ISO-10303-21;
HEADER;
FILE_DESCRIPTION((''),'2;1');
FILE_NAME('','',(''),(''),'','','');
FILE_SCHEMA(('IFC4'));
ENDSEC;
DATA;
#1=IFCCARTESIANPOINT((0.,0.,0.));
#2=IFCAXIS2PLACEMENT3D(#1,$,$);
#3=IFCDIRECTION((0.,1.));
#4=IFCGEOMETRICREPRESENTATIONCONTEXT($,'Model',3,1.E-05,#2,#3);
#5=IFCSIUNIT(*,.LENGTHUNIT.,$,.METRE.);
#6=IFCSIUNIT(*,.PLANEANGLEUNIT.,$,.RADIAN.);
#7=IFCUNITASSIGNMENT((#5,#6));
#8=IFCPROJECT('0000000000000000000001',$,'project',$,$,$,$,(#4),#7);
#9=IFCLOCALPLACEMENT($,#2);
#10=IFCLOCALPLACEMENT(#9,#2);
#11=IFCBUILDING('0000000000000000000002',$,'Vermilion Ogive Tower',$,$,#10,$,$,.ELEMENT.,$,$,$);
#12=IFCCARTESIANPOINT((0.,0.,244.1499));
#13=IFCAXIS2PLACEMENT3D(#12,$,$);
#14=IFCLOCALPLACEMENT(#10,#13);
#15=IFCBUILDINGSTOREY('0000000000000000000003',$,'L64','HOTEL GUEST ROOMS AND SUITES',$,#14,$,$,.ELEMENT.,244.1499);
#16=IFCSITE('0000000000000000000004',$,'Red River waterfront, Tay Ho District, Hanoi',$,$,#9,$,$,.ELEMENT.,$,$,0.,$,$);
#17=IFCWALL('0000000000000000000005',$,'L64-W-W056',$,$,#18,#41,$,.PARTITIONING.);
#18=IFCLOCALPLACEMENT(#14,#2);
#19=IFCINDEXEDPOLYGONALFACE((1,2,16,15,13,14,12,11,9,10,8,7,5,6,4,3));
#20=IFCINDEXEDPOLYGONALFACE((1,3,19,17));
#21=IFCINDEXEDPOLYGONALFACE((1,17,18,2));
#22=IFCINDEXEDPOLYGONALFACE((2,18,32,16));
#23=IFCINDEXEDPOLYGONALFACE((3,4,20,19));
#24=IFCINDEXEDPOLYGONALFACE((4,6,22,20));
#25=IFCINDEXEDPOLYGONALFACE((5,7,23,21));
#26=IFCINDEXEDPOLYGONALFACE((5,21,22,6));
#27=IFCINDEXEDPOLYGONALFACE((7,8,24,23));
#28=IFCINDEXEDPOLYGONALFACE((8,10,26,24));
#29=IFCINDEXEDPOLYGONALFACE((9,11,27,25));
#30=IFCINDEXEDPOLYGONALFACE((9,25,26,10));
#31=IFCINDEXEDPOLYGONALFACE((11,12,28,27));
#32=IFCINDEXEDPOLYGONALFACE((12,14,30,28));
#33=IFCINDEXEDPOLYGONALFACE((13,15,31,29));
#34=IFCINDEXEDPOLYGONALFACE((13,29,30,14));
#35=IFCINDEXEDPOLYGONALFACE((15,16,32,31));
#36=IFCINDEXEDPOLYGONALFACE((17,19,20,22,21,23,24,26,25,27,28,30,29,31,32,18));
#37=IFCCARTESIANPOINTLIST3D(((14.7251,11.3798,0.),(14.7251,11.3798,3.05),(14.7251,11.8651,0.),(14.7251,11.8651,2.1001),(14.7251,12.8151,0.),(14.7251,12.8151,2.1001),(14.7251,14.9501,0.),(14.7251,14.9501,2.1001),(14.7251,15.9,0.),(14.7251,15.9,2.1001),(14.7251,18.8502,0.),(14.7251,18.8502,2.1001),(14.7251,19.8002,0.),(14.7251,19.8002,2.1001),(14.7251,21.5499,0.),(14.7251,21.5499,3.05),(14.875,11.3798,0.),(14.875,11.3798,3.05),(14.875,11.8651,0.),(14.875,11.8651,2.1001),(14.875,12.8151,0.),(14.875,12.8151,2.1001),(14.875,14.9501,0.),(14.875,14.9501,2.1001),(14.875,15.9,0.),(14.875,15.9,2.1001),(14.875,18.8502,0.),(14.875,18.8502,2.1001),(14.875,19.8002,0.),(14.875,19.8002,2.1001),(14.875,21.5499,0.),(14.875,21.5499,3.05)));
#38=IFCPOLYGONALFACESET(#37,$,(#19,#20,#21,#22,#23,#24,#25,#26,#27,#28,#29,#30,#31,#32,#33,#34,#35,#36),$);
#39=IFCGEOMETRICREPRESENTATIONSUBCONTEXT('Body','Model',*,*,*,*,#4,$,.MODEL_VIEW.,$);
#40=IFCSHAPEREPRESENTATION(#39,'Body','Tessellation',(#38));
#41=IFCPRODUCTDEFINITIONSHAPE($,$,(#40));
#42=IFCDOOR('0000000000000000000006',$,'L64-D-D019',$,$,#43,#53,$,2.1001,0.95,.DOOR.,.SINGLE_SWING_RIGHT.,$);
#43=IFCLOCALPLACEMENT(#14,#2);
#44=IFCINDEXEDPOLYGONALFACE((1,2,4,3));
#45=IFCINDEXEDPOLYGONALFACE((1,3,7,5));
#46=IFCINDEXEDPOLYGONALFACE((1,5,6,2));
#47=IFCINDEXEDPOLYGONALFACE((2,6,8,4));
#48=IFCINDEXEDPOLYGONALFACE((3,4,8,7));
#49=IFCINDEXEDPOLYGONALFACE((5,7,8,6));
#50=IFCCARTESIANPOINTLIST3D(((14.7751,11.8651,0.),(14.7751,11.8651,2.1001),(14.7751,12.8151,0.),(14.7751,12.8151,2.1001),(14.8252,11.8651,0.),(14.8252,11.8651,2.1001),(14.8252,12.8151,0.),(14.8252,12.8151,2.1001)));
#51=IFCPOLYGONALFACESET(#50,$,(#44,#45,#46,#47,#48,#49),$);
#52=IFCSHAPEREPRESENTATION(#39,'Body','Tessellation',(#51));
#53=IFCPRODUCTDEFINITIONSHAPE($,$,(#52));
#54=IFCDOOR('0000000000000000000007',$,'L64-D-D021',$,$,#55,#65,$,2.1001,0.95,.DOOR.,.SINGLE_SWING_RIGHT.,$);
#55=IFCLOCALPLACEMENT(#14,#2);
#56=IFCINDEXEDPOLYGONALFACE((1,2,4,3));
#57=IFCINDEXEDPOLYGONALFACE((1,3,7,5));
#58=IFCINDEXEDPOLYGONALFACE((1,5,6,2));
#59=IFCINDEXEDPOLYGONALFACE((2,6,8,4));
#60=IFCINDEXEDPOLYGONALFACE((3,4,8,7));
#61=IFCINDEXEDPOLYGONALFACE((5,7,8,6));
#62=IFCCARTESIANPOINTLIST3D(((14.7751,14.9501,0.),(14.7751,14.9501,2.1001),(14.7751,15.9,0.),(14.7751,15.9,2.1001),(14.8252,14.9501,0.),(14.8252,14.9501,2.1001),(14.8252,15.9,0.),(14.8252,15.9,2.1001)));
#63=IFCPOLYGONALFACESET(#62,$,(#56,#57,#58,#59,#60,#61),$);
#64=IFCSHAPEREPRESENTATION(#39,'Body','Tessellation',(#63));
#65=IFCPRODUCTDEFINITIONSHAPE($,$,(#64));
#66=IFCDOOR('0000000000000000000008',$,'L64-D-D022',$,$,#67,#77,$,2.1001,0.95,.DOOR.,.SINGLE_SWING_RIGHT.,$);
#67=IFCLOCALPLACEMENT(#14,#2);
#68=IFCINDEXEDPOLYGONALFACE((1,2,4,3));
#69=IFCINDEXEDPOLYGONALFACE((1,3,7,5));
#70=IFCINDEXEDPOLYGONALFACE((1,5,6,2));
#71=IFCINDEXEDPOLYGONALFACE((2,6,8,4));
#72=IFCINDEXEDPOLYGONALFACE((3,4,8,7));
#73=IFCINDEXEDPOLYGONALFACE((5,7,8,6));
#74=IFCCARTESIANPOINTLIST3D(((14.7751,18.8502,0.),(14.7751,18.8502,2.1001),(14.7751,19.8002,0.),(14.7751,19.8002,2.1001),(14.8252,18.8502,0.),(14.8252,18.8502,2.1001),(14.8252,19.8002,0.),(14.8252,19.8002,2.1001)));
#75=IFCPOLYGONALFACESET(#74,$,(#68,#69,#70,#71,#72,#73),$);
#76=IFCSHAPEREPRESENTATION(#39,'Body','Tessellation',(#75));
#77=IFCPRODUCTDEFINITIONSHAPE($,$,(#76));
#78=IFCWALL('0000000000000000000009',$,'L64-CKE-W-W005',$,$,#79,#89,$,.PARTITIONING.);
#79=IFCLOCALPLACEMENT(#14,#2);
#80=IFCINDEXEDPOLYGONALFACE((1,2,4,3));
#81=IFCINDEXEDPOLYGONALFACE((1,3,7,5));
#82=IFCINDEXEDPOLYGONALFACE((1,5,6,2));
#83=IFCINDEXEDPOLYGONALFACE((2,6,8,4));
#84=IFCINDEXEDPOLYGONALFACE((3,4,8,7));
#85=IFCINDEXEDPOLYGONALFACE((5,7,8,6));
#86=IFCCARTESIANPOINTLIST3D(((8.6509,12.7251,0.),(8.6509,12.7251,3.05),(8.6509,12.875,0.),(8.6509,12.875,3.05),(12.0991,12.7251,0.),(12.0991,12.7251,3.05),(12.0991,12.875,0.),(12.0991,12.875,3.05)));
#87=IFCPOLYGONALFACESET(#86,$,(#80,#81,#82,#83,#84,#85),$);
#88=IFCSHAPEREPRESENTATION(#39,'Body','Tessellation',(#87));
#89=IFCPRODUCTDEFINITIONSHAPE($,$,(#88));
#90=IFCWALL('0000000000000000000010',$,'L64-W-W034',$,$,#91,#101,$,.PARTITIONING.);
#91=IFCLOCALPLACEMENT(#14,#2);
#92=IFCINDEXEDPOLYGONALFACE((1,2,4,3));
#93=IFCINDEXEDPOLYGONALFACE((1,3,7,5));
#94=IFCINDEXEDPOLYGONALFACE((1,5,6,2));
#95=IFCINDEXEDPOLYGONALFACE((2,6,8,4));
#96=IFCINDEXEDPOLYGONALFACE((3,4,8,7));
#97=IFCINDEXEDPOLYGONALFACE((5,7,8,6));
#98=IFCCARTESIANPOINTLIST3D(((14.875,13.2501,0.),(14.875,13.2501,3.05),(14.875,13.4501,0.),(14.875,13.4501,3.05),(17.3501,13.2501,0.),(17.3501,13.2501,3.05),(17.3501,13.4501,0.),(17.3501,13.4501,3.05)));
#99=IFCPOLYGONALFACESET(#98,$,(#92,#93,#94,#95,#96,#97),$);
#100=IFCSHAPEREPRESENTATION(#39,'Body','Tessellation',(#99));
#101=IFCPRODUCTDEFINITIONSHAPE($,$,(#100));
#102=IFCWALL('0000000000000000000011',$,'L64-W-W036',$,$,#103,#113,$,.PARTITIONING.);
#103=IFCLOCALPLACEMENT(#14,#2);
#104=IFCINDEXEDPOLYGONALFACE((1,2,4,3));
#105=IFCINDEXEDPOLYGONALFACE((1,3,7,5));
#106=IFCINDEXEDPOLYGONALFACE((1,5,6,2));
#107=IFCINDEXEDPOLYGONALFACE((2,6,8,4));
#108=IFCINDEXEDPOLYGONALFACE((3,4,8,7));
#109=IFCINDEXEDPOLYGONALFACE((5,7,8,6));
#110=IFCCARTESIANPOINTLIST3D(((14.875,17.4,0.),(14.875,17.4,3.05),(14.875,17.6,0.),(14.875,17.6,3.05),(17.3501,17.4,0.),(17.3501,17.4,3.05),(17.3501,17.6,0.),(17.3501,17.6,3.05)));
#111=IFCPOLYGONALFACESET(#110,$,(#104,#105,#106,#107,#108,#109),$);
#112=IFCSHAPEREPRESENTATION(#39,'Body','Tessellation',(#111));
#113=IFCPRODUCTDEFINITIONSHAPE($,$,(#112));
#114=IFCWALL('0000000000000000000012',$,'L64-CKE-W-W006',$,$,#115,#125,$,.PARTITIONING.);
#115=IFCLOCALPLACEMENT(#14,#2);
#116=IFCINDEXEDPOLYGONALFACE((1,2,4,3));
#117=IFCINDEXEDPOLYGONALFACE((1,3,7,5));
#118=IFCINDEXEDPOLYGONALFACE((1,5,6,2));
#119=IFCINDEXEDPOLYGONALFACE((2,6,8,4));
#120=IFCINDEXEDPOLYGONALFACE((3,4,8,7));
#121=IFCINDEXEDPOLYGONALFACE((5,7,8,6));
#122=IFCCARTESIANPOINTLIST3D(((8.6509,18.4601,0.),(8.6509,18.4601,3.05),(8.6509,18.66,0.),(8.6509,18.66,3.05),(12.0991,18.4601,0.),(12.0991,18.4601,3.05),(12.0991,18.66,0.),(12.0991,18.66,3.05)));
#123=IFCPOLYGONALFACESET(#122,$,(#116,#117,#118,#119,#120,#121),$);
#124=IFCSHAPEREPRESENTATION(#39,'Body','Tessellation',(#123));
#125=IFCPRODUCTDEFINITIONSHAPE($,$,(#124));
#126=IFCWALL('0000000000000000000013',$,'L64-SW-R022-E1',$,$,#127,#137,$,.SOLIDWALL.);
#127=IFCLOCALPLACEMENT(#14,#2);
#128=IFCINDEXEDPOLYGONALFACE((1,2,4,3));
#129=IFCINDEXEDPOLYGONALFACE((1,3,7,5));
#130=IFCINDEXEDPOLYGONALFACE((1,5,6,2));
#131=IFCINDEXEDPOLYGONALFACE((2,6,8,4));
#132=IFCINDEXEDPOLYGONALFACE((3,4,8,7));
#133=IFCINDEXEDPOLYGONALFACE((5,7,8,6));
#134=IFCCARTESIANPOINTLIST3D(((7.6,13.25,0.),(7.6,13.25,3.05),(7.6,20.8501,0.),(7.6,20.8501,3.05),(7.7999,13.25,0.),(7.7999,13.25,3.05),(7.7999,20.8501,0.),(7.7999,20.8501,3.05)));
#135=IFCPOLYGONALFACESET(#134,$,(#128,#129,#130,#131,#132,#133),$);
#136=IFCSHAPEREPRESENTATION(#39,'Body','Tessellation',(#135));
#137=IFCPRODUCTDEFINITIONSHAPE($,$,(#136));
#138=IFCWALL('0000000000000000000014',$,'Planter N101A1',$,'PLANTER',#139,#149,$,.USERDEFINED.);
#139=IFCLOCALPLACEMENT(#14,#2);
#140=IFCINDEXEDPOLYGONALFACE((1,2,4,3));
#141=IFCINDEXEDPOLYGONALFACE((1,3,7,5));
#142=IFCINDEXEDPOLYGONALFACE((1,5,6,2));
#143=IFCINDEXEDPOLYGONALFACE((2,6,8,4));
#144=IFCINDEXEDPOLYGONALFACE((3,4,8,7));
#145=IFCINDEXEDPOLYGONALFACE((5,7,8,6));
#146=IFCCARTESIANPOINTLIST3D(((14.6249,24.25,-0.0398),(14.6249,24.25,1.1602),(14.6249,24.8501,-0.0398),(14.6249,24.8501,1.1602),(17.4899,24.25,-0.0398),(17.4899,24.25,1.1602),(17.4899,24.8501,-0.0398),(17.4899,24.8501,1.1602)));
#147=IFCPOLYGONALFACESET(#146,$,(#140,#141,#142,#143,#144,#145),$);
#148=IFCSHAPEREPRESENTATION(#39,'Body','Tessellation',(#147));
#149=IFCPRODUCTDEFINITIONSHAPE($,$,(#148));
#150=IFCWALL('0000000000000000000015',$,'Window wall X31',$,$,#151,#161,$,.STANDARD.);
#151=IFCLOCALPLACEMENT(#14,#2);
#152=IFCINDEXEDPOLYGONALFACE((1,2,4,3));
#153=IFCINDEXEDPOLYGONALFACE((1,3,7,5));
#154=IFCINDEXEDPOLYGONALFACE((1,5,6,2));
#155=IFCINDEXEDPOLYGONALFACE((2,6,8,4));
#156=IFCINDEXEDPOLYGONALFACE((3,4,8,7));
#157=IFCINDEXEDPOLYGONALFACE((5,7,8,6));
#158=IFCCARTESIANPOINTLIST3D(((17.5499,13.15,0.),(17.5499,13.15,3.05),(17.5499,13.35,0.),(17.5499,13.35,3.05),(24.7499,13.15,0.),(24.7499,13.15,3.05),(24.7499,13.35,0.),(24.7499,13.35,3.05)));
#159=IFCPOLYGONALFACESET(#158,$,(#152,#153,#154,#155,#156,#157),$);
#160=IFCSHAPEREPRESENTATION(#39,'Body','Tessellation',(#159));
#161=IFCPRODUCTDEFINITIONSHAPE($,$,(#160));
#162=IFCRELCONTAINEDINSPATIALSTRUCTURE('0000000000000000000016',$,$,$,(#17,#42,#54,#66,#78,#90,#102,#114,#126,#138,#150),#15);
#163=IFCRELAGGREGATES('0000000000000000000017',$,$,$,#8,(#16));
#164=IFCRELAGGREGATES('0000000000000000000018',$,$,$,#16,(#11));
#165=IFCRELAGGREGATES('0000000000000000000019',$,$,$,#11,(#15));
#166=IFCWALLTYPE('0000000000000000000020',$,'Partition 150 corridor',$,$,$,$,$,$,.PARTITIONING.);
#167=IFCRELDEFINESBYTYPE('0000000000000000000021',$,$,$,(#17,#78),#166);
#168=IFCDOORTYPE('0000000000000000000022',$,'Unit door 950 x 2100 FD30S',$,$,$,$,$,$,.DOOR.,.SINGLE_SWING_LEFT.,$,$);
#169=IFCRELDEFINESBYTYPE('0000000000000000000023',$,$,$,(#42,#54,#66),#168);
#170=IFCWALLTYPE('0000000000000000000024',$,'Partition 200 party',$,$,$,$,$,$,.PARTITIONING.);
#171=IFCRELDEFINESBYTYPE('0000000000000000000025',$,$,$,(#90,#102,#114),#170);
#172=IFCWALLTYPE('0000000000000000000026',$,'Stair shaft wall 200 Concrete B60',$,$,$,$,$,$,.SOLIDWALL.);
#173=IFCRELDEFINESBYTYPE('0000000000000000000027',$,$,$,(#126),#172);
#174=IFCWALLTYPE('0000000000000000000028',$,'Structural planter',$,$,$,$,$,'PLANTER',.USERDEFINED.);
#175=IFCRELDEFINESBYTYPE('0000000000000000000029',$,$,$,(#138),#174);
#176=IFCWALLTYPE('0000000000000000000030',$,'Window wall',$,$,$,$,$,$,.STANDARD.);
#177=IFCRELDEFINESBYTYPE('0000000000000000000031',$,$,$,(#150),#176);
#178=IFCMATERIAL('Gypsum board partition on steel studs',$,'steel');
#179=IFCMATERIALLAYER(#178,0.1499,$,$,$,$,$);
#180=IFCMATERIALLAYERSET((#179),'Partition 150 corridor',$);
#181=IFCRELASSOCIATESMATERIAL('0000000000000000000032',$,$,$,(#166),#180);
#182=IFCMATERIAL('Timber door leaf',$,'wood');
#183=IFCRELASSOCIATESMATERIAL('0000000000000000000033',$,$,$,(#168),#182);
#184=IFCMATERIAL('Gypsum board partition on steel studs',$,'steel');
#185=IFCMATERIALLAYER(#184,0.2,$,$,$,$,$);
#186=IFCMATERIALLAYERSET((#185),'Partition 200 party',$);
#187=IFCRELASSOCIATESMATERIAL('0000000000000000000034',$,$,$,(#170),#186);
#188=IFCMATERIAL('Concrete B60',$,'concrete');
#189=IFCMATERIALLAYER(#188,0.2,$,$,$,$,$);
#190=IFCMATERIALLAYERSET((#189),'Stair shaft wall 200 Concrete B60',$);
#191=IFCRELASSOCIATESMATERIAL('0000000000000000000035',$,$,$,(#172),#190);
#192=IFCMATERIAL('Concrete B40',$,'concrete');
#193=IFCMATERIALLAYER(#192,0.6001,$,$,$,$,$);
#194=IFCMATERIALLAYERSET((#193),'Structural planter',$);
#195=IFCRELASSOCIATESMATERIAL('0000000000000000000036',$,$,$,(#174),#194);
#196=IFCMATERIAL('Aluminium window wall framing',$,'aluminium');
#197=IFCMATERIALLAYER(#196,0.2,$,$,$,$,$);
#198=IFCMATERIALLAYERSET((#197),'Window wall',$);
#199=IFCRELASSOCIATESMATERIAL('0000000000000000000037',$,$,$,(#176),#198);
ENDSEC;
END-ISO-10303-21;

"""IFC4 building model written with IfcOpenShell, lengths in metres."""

from ifc_helpers import new_model, si_unit, direction, frame, frame_2d, origin, place, context, subcontext, project, spatial, rectangle, extrude, material, layer, layer_set, type_object, element, fill, save


model = new_model("IFC4")

# Units and contexts
model_context = context("Model", 3, precision=1e-05, world=origin(), true_north=direction((0.0, 1.0)))
body_context = subcontext(model_context, "Body", "Model", "MODEL_VIEW")
ifc_project = project(units=[si_unit("LENGTHUNIT", "METRE"), si_unit("PLANEANGLEUNIT", "RADIAN")], contexts=[model_context])

# Site, building, storey
site_placement = place(None, origin())
site = spatial("IfcSite", under=ifc_project, at=site_placement, Name="Red River waterfront, Tay Ho District, Hanoi", CompositionType="ELEMENT", RefElevation=0.0)
building_placement = place(site_placement, origin())
building = spatial("IfcBuilding", under=site, at=building_placement, Name="Vermilion Ogive Tower", CompositionType="ELEMENT")
storey_placement = place(building_placement, frame((0.0, 0.0, 244.1499)))
storey = spatial("IfcBuildingStorey", under=building, at=storey_placement, Name="L64", Description="HOTEL GUEST ROOMS AND SUITES", CompositionType="ELEMENT", Elevation=244.1499)

# Wall, openings, doors
ifc_material_1 = material(Name="Gypsum board partition on steel studs", Category="steel")
ifc_layer_1 = layer(ifc_material_1, 0.1499)
ifc_layer_set_1 = layer_set([ifc_layer_1], Name="Partition 150 corridor")
wall_type_1 = type_object("IfcWallType", Name="Partition 150 corridor", PredefinedType="PARTITIONING", material=ifc_layer_set_1)
wall_1_placement = place(storey_placement, frame((14.8, 11.3799, 0.0), z_axis=(0.0, 0.0, 1.0), x_axis=(0.0, 1.0, 0.0)))
wall_1 = element("IfcWall", 1, at=wall_1_placement, inside=storey, type_object=wall_type_1, Name="L64-W-W056", PredefinedType="PARTITIONING", context=body_context, shape_type="SweptSolid", body=[
    extrude(rectangle(XDim=10.1702, YDim=0.1499, at=frame_2d((5.085, 0.0))), origin(), (0.0, 0.0, 1.0), 3.05),
])
opening_1_placement = place(wall_1_placement, frame((0.4851, 0.0, 0.0)))
opening_1 = element("IfcOpeningElement", 2, at=opening_1_placement, cuts=wall_1, PredefinedType="OPENING", context=body_context, shape_type="SweptSolid", body=[
    extrude(rectangle(XDim=0.95, YDim=2.1001, at=frame_2d((0.4751, 1.05))), frame((0.0, 0.085, 0.0), z_axis=(0.0, -1.0, 0.0), x_axis=(1.0, 0.0, 0.0)), (0.0, 0.0, 1.0), 0.1699),
])
opening_2_placement = place(wall_1_placement, frame((3.5701, 0.0, 0.0)))
opening_2 = element("IfcOpeningElement", 3, at=opening_2_placement, cuts=wall_1, PredefinedType="OPENING", context=body_context, shape_type="SweptSolid", body=[
    extrude(rectangle(XDim=0.95, YDim=2.1001, at=frame_2d((0.4751, 1.05))), frame((0.0, 0.085, 0.0), z_axis=(0.0, -1.0, 0.0), x_axis=(1.0, 0.0, 0.0)), (0.0, 0.0, 1.0), 0.1699),
])
opening_3_placement = place(wall_1_placement, frame((7.4702, 0.0, 0.0)))
opening_3 = element("IfcOpeningElement", 4, at=opening_3_placement, cuts=wall_1, PredefinedType="OPENING", context=body_context, shape_type="SweptSolid", body=[
    extrude(rectangle(XDim=0.95, YDim=2.1001, at=frame_2d((0.4751, 1.05))), frame((0.0, 0.085, 0.0), z_axis=(0.0, -1.0, 0.0), x_axis=(1.0, 0.0, 0.0)), (0.0, 0.0, 1.0), 0.1699),
])
ifc_material_2 = material(Name="Timber door leaf", Category="wood")
door_type_1 = type_object("IfcDoorType", Name="Unit door 950 x 2100 FD30S", OperationType="SINGLE_SWING_LEFT", PredefinedType="DOOR", material=ifc_material_2)
door_1_placement = place(opening_1_placement, origin())
door_1 = element("IfcDoor", 5, at=door_1_placement, inside=storey, type_object=door_type_1, Name="L64-D-D019", OperationType="SINGLE_SWING_RIGHT", OverallHeight=2.1001, OverallWidth=0.95, PredefinedType="DOOR", context=body_context, shape_type="SweptSolid", body=[
    extrude(rectangle(XDim=0.95, YDim=2.1001, at=frame_2d((0.4751, 1.05))), frame((0.0, 0.0249, 0.0), z_axis=(0.0, -1.0, 0.0), x_axis=(1.0, 0.0, 0.0)), (0.0, 0.0, 1.0), 0.05),
])
fill(opening_1, door_1)
door_2_placement = place(opening_2_placement, origin())
door_2 = element("IfcDoor", 6, at=door_2_placement, inside=storey, type_object=door_type_1, Name="L64-D-D021", OperationType="SINGLE_SWING_RIGHT", OverallHeight=2.1001, OverallWidth=0.95, PredefinedType="DOOR", context=body_context, shape_type="SweptSolid", body=[
    extrude(rectangle(XDim=0.95, YDim=2.1001, at=frame_2d((0.4751, 1.05))), frame((0.0, 0.0249, 0.0), z_axis=(0.0, -1.0, 0.0), x_axis=(1.0, 0.0, 0.0)), (0.0, 0.0, 1.0), 0.05),
])
fill(opening_2, door_2)
door_3_placement = place(opening_3_placement, origin())
door_3 = element("IfcDoor", 7, at=door_3_placement, inside=storey, type_object=door_type_1, Name="L64-D-D022", OperationType="SINGLE_SWING_RIGHT", OverallHeight=2.1001, OverallWidth=0.95, PredefinedType="DOOR", context=body_context, shape_type="SweptSolid", body=[
    extrude(rectangle(XDim=0.95, YDim=2.1001, at=frame_2d((0.4751, 1.05))), frame((0.0, 0.0249, 0.0), z_axis=(0.0, -1.0, 0.0), x_axis=(1.0, 0.0, 0.0)), (0.0, 0.0, 1.0), 0.05),
])
fill(opening_3, door_3)

# Walls
wall_2_placement = place(storey_placement, frame((8.6509, 12.8, 0.0), z_axis=(0.0, 0.0, 1.0), x_axis=(1.0, 0.0, 0.0)))
element("IfcWall", 8, at=wall_2_placement, inside=storey, type_object=wall_type_1, Name="L64-CKE-W-W005", PredefinedType="PARTITIONING", context=body_context, shape_type="SweptSolid", body=[
    extrude(rectangle(XDim=3.4482, YDim=0.1499, at=frame_2d((1.7241, 0.0))), origin(), (0.0, 0.0, 1.0), 3.05),
])
ifc_material_3 = material(Name="Gypsum board partition on steel studs", Category="steel")
ifc_layer_2 = layer(ifc_material_3, 0.2)
ifc_layer_set_2 = layer_set([ifc_layer_2], Name="Partition 200 party")
wall_type_2 = type_object("IfcWallType", Name="Partition 200 party", PredefinedType="PARTITIONING", material=ifc_layer_set_2)
for number, where, z_axis, x_axis, name in (
    (9, (14.875, 13.3501, 0.0), (0.0, 0.0, 1.0), (1.0, 0.0, 0.0), "L64-W-W034"),
    (10, (14.875, 17.5, 0.0), (0.0, 0.0, 1.0), (1.0, 0.0, 0.0), "L64-W-W036"),
):
    element("IfcWall", number, at=place(storey_placement, frame(where, z_axis=z_axis, x_axis=x_axis)), inside=storey, type_object=wall_type_2, Name=name, PredefinedType="PARTITIONING", context=body_context, shape_type="SweptSolid", body=[
        extrude(rectangle(XDim=2.4751, YDim=0.2, at=frame_2d((1.2375, 0.0))), origin(), (0.0, 0.0, 1.0), 3.05),
    ])
wall_3_placement = place(storey_placement, frame((8.6509, 18.5601, 0.0), z_axis=(0.0, 0.0, 1.0), x_axis=(1.0, 0.0, 0.0)))
element("IfcWall", 11, at=wall_3_placement, inside=storey, type_object=wall_type_2, Name="L64-CKE-W-W006", PredefinedType="PARTITIONING", context=body_context, shape_type="SweptSolid", body=[
    extrude(rectangle(XDim=3.4482, YDim=0.2, at=frame_2d((1.7241, 0.0))), origin(), (0.0, 0.0, 1.0), 3.05),
])
ifc_material_4 = material(Name="Concrete B60", Category="concrete")
ifc_layer_3 = layer(ifc_material_4, 0.2)
ifc_layer_set_3 = layer_set([ifc_layer_3], Name="Stair shaft wall 200 Concrete B60")
wall_type_3 = type_object("IfcWallType", Name="Stair shaft wall 200 Concrete B60", PredefinedType="SOLIDWALL", material=ifc_layer_set_3)
wall_4_placement = place(storey_placement, frame((7.7, 13.25, 0.0), z_axis=(0.0, 0.0, 1.0), x_axis=(0.0, 1.0, 0.0)))
element("IfcWall", 12, at=wall_4_placement, inside=storey, type_object=wall_type_3, Name="L64-SW-R022-E1", PredefinedType="SOLIDWALL", context=body_context, shape_type="SweptSolid", body=[
    extrude(rectangle(XDim=7.6001, YDim=0.2, at=frame_2d((3.8, 0.0))), origin(), (0.0, 0.0, 1.0), 3.05),
])
ifc_material_5 = material(Name="Concrete B40", Category="concrete")
ifc_layer_4 = layer(ifc_material_5, 0.6001)
ifc_layer_set_4 = layer_set([ifc_layer_4], Name="Structural planter")
wall_type_4 = type_object("IfcWallType", Name="Structural planter", ElementType="PLANTER", PredefinedType="USERDEFINED", material=ifc_layer_set_4)
wall_5_placement = place(storey_placement, frame((17.49, 24.55, -0.0398), z_axis=(0.0, 0.0, 1.0), x_axis=(-1.0, 0.0, 0.0)))
element("IfcWall", 13, at=wall_5_placement, inside=storey, type_object=wall_type_4, Name="Planter N101A1", ObjectType="PLANTER", PredefinedType="USERDEFINED", context=body_context, shape_type="SweptSolid", body=[
    extrude(rectangle(XDim=2.865, YDim=0.6001, at=frame_2d((1.4326, 0.0))), origin(), (0.0, 0.0, 1.0), 1.2),
])
ifc_material_6 = material(Name="Aluminium window wall framing", Category="aluminium")
ifc_layer_5 = layer(ifc_material_6, 0.2)
ifc_layer_set_5 = layer_set([ifc_layer_5], Name="Window wall")
wall_type_5 = type_object("IfcWallType", Name="Window wall", PredefinedType="STANDARD", material=ifc_layer_set_5)
wall_6_placement = place(storey_placement, frame((24.75, 13.25, 0.0), z_axis=(0.0, 0.0, 1.0), x_axis=(-1.0, 0.0, 0.0)))
element("IfcWall", 14, at=wall_6_placement, inside=storey, type_object=wall_type_5, Name="Window wall X31", PredefinedType="STANDARD", context=body_context, shape_type="SweptSolid", body=[
    extrude(rectangle(XDim=7.2, YDim=0.2, at=frame_2d((3.6001, 0.0))), origin(), (0.0, 0.0, 1.0), 3.05),
])

save(model, "model.ifc")
